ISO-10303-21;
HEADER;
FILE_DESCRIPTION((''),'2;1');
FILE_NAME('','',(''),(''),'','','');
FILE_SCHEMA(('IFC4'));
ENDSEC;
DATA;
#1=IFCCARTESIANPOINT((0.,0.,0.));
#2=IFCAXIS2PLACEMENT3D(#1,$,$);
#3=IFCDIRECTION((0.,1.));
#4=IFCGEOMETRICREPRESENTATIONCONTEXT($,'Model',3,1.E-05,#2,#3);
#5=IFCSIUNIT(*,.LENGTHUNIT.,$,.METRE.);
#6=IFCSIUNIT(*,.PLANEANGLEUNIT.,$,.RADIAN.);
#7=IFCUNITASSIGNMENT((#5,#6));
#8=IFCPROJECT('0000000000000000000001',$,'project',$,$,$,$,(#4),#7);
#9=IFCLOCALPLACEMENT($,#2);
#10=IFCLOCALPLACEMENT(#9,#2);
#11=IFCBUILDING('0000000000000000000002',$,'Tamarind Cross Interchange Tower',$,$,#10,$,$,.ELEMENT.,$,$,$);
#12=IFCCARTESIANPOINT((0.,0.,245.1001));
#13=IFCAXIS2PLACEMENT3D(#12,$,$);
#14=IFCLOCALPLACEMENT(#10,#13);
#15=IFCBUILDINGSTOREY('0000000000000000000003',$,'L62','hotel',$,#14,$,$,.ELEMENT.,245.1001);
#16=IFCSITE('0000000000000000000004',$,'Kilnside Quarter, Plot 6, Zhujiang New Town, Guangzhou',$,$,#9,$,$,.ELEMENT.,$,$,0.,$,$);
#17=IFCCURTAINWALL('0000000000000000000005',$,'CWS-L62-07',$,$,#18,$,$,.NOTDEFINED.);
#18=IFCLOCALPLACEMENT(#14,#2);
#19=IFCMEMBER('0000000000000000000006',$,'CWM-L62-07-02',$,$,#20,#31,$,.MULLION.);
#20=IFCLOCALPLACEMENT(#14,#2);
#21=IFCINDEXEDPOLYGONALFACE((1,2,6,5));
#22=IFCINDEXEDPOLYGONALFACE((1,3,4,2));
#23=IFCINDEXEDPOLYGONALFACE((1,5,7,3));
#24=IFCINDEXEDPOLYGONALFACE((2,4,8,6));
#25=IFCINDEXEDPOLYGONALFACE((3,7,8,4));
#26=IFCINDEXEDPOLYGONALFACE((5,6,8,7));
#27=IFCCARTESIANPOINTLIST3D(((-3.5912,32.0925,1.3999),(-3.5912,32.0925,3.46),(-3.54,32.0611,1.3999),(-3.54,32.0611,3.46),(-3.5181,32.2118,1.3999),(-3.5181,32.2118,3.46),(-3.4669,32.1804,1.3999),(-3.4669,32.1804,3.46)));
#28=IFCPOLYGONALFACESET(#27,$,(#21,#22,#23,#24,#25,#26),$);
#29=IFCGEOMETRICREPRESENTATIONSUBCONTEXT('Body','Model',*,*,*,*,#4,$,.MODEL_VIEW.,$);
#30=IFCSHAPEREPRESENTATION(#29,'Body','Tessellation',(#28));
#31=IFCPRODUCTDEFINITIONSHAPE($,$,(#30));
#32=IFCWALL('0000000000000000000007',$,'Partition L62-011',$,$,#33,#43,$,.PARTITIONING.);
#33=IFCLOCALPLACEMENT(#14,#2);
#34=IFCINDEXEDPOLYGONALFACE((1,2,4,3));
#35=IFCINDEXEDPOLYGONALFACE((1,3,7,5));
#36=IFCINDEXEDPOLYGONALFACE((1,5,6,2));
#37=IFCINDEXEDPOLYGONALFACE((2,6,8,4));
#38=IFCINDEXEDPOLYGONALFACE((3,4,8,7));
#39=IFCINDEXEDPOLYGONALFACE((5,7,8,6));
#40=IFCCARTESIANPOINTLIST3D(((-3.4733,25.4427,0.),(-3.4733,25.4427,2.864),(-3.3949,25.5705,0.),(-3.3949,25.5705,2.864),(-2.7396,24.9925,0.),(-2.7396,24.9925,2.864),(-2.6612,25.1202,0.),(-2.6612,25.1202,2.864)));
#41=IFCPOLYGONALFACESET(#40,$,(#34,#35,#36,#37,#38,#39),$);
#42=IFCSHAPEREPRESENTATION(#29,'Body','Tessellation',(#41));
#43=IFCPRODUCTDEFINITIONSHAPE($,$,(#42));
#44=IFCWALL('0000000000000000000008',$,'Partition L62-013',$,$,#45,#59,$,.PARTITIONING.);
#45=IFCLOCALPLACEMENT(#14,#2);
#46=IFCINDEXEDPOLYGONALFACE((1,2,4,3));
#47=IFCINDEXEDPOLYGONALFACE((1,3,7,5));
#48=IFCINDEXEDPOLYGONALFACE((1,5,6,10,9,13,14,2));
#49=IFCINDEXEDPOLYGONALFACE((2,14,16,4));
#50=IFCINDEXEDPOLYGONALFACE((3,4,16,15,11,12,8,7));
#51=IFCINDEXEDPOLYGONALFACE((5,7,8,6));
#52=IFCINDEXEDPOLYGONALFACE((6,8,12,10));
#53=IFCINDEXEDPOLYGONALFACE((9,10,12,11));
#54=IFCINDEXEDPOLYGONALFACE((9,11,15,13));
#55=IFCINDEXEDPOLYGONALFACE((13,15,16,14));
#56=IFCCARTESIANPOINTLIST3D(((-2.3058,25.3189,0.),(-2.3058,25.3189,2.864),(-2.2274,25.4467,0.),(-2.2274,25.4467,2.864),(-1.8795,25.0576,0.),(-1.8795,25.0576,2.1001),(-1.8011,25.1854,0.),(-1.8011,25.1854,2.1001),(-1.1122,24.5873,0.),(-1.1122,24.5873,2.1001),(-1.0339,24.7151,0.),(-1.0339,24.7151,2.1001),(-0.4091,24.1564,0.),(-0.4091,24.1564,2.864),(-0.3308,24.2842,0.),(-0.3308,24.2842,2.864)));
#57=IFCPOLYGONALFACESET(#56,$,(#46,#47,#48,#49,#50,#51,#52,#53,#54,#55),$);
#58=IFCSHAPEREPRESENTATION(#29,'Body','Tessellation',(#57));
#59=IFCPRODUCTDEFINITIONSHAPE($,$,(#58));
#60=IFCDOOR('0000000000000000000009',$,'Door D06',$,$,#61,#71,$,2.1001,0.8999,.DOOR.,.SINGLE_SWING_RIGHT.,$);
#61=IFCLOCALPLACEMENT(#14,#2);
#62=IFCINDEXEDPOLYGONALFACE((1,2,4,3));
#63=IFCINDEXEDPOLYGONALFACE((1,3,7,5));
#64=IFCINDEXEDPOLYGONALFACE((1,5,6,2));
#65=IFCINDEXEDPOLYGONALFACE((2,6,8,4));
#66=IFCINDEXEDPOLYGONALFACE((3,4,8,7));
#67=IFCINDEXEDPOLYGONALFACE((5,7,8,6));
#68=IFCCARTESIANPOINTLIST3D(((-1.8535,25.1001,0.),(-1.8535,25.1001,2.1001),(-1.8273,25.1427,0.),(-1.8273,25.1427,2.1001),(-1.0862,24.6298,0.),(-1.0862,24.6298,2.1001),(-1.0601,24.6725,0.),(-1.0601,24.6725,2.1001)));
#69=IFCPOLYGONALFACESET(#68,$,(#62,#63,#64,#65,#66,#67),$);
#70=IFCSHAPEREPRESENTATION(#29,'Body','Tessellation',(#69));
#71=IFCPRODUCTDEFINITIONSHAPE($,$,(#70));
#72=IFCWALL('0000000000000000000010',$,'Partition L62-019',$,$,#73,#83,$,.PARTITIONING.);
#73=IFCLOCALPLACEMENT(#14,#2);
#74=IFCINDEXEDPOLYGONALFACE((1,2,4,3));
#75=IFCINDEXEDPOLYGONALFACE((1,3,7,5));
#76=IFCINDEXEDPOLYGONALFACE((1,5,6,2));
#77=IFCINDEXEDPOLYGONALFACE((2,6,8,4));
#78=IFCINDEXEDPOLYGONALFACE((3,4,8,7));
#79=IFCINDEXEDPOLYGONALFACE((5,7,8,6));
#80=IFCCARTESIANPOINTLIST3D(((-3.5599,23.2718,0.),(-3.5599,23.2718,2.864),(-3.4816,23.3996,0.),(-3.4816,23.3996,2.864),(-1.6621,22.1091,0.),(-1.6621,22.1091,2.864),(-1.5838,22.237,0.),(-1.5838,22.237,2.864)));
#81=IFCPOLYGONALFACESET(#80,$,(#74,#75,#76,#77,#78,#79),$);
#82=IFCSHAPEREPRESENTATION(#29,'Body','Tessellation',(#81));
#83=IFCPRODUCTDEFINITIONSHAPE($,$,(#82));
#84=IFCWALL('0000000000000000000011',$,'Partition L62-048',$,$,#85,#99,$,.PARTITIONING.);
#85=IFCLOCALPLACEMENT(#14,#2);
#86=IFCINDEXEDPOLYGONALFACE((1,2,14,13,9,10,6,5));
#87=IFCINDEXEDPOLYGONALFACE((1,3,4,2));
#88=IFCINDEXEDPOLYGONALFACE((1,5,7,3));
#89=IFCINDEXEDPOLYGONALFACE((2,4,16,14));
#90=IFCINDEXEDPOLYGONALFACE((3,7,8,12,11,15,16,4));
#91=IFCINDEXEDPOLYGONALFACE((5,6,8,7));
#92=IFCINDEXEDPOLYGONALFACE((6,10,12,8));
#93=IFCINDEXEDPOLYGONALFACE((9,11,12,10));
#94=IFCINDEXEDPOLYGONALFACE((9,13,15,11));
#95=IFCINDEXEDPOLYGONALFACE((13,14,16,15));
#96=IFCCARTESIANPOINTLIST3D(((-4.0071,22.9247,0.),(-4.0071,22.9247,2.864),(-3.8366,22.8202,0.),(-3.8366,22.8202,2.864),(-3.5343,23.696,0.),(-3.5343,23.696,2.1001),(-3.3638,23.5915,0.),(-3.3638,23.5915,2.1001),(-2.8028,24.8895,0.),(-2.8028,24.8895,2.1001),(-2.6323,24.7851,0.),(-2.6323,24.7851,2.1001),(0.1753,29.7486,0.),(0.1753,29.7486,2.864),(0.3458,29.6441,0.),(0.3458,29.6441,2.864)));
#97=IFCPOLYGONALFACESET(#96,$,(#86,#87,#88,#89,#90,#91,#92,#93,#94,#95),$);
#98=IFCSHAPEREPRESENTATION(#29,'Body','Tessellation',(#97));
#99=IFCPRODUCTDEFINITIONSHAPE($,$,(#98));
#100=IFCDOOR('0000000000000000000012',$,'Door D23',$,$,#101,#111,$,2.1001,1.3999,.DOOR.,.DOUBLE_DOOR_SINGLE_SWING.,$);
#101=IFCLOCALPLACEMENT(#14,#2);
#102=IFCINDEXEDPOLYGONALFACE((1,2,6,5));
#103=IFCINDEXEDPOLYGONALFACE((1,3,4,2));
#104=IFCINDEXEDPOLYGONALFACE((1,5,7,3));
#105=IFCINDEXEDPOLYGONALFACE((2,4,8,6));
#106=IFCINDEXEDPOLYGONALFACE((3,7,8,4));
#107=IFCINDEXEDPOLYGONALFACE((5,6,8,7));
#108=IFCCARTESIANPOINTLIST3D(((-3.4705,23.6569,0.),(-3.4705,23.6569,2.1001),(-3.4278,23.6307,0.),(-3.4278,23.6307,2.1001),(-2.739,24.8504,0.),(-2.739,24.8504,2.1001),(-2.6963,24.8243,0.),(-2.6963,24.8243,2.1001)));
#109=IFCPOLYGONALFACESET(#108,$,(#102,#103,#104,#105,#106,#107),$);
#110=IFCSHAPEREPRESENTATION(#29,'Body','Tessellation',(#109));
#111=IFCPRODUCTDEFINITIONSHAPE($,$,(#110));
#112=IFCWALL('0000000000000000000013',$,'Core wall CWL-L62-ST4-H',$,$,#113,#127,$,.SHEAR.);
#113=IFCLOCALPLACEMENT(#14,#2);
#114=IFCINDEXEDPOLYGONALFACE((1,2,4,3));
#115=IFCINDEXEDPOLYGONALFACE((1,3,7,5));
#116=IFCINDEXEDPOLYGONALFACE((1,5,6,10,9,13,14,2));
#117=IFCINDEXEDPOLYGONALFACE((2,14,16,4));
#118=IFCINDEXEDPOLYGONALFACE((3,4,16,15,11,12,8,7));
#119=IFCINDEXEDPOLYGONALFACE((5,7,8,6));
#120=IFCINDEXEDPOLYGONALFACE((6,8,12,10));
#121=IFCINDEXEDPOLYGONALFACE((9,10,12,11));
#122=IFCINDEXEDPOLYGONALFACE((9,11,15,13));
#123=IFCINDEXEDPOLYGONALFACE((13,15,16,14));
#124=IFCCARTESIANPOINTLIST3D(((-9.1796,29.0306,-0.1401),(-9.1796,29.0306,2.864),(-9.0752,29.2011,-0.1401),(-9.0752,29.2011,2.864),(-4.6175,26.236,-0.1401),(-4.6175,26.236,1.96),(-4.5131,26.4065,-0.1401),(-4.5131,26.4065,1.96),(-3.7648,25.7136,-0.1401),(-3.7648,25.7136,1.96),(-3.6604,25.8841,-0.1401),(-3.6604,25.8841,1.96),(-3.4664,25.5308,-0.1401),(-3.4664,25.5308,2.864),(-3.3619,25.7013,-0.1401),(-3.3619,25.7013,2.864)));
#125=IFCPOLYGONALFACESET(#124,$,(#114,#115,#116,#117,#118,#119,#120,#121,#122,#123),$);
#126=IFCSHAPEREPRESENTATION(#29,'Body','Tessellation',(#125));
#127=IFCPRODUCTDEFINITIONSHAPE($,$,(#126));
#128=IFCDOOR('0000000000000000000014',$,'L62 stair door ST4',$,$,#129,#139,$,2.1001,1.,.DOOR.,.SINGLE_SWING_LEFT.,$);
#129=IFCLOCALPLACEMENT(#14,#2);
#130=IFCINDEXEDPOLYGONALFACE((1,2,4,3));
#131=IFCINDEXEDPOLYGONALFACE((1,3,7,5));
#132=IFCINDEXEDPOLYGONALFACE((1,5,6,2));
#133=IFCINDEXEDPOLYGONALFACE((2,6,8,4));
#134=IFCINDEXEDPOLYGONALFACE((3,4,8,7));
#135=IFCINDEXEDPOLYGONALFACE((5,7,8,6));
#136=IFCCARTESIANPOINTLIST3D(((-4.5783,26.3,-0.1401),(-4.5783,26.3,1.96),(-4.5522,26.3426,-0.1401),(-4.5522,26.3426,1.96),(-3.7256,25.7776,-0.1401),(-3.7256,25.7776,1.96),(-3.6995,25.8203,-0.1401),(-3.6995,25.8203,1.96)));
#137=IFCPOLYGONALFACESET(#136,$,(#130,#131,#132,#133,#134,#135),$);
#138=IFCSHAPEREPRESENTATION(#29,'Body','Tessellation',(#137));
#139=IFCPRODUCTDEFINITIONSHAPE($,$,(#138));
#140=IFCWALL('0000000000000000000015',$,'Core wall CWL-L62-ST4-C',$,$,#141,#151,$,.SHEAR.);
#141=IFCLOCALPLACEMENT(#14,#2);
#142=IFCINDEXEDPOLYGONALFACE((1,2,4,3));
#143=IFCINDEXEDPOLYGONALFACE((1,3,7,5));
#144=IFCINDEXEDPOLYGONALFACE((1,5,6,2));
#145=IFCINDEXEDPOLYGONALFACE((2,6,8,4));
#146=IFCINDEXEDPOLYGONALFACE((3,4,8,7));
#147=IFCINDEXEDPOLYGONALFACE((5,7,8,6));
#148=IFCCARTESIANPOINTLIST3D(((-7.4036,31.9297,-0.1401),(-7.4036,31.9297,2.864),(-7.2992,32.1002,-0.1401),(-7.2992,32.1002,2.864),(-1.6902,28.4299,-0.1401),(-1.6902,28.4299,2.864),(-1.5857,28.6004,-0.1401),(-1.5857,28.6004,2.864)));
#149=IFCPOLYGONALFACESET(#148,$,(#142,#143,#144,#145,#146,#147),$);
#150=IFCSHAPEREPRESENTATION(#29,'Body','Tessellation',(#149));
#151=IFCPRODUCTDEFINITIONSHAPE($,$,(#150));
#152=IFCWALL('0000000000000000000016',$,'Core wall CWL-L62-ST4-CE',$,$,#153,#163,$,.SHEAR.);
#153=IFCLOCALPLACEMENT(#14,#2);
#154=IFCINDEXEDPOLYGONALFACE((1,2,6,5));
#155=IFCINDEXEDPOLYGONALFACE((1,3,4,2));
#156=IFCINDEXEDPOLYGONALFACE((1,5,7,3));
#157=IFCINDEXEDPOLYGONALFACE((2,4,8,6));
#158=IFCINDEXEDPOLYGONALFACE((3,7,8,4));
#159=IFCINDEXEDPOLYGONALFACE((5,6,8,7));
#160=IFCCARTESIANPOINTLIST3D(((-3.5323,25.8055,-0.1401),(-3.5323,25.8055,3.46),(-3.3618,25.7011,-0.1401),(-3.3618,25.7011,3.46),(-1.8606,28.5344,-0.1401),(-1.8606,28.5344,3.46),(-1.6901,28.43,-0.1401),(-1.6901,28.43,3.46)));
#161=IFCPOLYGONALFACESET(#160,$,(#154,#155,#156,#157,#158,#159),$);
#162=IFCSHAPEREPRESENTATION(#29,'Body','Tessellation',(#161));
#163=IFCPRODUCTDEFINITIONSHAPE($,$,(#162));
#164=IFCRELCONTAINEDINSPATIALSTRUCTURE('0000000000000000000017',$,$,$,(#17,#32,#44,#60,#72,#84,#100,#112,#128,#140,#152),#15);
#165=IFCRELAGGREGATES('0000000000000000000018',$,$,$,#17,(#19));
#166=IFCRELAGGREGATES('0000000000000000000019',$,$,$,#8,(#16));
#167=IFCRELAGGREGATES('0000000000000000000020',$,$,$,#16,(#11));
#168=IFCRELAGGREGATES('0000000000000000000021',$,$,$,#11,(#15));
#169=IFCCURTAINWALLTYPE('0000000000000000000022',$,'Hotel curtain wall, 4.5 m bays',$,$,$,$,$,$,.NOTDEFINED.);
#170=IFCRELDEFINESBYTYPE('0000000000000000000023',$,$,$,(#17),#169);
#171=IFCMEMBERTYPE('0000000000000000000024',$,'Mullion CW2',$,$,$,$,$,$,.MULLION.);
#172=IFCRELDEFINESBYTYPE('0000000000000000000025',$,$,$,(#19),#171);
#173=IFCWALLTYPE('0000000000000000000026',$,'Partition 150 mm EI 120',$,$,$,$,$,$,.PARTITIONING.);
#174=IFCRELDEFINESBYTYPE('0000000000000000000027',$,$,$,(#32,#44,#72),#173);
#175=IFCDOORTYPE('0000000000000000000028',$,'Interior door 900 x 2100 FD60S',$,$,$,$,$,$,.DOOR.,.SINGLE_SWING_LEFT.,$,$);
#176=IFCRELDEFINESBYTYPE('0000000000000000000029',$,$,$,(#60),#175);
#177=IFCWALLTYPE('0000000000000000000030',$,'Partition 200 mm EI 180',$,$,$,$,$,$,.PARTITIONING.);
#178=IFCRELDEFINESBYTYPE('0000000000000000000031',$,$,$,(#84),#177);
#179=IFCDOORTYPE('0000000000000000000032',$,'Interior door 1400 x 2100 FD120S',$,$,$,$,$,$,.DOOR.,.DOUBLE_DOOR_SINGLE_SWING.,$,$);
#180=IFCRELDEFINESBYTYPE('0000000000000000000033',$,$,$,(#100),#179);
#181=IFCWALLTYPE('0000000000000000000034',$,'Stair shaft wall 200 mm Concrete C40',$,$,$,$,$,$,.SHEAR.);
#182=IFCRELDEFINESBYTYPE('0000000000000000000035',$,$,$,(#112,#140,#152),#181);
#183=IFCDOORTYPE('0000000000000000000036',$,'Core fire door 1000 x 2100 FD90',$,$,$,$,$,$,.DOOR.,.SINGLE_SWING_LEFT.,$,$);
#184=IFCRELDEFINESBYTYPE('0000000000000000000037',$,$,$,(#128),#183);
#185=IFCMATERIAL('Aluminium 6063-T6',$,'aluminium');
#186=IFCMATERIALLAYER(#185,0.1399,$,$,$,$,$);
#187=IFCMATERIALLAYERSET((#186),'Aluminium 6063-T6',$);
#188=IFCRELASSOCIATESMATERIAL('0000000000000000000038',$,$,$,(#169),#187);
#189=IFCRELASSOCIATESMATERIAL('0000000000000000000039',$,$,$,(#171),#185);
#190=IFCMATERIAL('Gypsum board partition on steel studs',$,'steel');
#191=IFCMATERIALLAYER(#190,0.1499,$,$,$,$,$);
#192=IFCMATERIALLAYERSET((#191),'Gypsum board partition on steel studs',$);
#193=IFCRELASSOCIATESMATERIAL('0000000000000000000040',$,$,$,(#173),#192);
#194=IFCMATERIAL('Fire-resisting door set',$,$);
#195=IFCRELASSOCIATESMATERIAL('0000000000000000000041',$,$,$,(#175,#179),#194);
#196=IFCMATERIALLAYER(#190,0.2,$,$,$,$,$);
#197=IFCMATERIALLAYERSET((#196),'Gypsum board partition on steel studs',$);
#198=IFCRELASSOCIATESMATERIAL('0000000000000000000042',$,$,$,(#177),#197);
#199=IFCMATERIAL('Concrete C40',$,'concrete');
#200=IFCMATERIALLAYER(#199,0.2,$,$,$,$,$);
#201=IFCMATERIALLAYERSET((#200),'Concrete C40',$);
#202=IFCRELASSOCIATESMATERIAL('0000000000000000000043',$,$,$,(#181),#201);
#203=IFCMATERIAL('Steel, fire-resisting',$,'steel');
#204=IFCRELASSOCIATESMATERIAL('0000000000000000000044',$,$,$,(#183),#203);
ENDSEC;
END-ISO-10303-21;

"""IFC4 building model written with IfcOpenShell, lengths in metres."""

from ifc_helpers import new_model, si_unit, direction, frame, frame_2d, origin, origin_2d, place, context, subcontext, project, spatial, rectangle, extrude, material, layer, layer_set, material_profile, profile_set, type_object, element, fill, aggregate, save


model = new_model("IFC4")

# Units and contexts
model_context = context("Model", 3, precision=1e-05, world=origin(), true_north=direction((0.0, 1.0)))
body_context = subcontext(model_context, "Body", "Model", "MODEL_VIEW")
ifc_project = project(units=[si_unit("LENGTHUNIT", "METRE"), si_unit("PLANEANGLEUNIT", "RADIAN")], contexts=[model_context])

# Site, building, storey
site_placement = place(None, origin())
site = spatial("IfcSite", under=ifc_project, at=site_placement, Name="Kilnside Quarter, Plot 6, Zhujiang New Town, Guangzhou", CompositionType="ELEMENT", RefElevation=0.0)
building_placement = place(site_placement, origin())
building = spatial("IfcBuilding", under=site, at=building_placement, Name="Tamarind Cross Interchange Tower", CompositionType="ELEMENT")
storey_placement = place(building_placement, frame((0.0, 0.0, 245.1001)))
storey = spatial("IfcBuildingStorey", under=building, at=storey_placement, Name="L62", Description="hotel", CompositionType="ELEMENT", Elevation=245.1001)

# Curtain wall, member
ifc_material_1 = material(Name="Aluminium 6063-T6", Category="aluminium")
ifc_layer_1 = layer(ifc_material_1, 0.1399)
ifc_layer_set_1 = layer_set([ifc_layer_1], Name="Aluminium 6063-T6")
curtain_wall_type = type_object("IfcCurtainWallType", Name="Hotel curtain wall, 4.5 m bays", PredefinedType="NOTDEFINED", material=ifc_layer_set_1)
curtain_wall_placement = place(storey_placement, origin())
curtain_wall = element("IfcCurtainWall", 1, at=curtain_wall_placement, inside=storey, type_object=curtain_wall_type, Name="CWS-L62-07", PredefinedType="NOTDEFINED")
ifc_material_profile_1 = material_profile(ifc_material_1, rectangle(XDim=0.0601, YDim=0.1399, at=origin_2d()), Name="Mullion CW2")
ifc_profile_set_1 = profile_set([ifc_material_profile_1], Name="Aluminium 6063-T6")
member_type = type_object("IfcMemberType", Name="Mullion CW2", PredefinedType="MULLION", material=ifc_profile_set_1)
member_placement = place(storey_placement, frame((-3.5291, 32.1365, 1.3999), z_axis=(0.0, 0.0, 1.0), x_axis=(-0.85272, 0.522368, 0.0)))
member = element("IfcMember", 2, at=member_placement, type_object=member_type, Name="CWM-L62-07-02", PredefinedType="MULLION", context=body_context, shape_type="SweptSolid", body=[
    extrude(rectangle(XDim=0.0601, YDim=0.1399, at=origin_2d()), origin(), (0.0, 0.0, 1.0), 2.0601),
])
aggregate(curtain_wall, [member])

# Wall
ifc_material_2 = material(Name="Gypsum board partition on steel studs", Category="steel")
ifc_layer_2 = layer(ifc_material_2, 0.1499)
ifc_layer_set_2 = layer_set([ifc_layer_2], Name="Gypsum board partition on steel studs")
wall_type_1 = type_object("IfcWallType", Name="Partition 150 mm EI 120", PredefinedType="PARTITIONING", material=ifc_layer_set_2)
wall_1_placement = place(storey_placement, frame((-3.4341, 25.5066, 0.0), z_axis=(0.0, 0.0, 1.0), x_axis=(0.85232, -0.523021, 0.0)))
element("IfcWall", 3, at=wall_1_placement, inside=storey, type_object=wall_type_1, Name="Partition L62-011", PredefinedType="PARTITIONING", context=body_context, shape_type="SweptSolid", body=[
    extrude(rectangle(XDim=0.8608, YDim=0.1499, at=frame_2d((0.4304, 0.0))), origin(), (0.0, 0.0, 1.0), 2.864),
])

# Wall, opening, door
wall_2_placement = place(storey_placement, frame((-2.2666, 25.3828, 0.0), z_axis=(0.0, 0.0, 1.0), x_axis=(0.852584, -0.52259, 0.0)))
wall_2 = element("IfcWall", 4, at=wall_2_placement, inside=storey, type_object=wall_type_1, Name="Partition L62-013", PredefinedType="PARTITIONING", context=body_context, shape_type="SweptSolid", body=[
    extrude(rectangle(XDim=2.2246, YDim=0.1499, at=frame_2d((1.1123, 0.0))), origin(), (0.0, 0.0, 1.0), 2.864),
])
opening_1_placement = place(wall_2_placement, frame((0.5, 0.0, 0.0)))
opening_1 = element("IfcOpeningElement", 5, at=opening_1_placement, cuts=wall_2, PredefinedType="OPENING", context=body_context, shape_type="SweptSolid", body=[
    extrude(rectangle(XDim=0.8999, YDim=2.1001, at=frame_2d((0.45, 1.05))), frame((0.0, 0.085, 0.0), z_axis=(0.0, -1.0, 0.0), x_axis=(1.0, 0.0, 0.0)), (0.0, 0.0, 1.0), 0.1699),
])
ifc_material_3 = material(Name="Fire-resisting door set")
door_type_1 = type_object("IfcDoorType", Name="Interior door 900 x 2100 FD60S", OperationType="SINGLE_SWING_LEFT", PredefinedType="DOOR", material=ifc_material_3)
door_1_placement = place(opening_1_placement, origin())
door_1 = element("IfcDoor", 6, at=door_1_placement, inside=storey, type_object=door_type_1, Name="Door D06", OperationType="SINGLE_SWING_RIGHT", OverallHeight=2.1001, OverallWidth=0.8999, PredefinedType="DOOR", context=body_context, shape_type="SweptSolid", body=[
    extrude(rectangle(XDim=0.8999, YDim=2.1001, at=frame_2d((0.45, 1.05))), frame((0.0, 0.0249, 0.0), z_axis=(0.0, -1.0, 0.0), x_axis=(1.0, 0.0, 0.0)), (0.0, 0.0, 1.0), 0.05),
])
fill(opening_1, door_1)

# Wall
wall_3_placement = place(storey_placement, frame((-3.5208, 23.3357, 0.0), z_axis=(0.0, 0.0, 1.0), x_axis=(0.852704, -0.522395, 0.0)))
element("IfcWall", 7, at=wall_3_placement, inside=storey, type_object=wall_type_1, Name="Partition L62-019", PredefinedType="PARTITIONING", context=body_context, shape_type="SweptSolid", body=[
    extrude(rectangle(XDim=2.2256, YDim=0.1499, at=frame_2d((1.1128, 0.0))), origin(), (0.0, 0.0, 1.0), 2.864),
])

# Walls, openings, doors
ifc_layer_3 = layer(ifc_material_2, 0.2)
ifc_layer_set_3 = layer_set([ifc_layer_3], Name="Gypsum board partition on steel studs")
wall_type_2 = type_object("IfcWallType", Name="Partition 200 mm EI 180", PredefinedType="PARTITIONING", material=ifc_layer_set_3)
wall_4_placement = place(storey_placement, frame((-3.9219, 22.8723, 0.0), z_axis=(0.0, 0.0, 1.0), x_axis=(0.522556, 0.852605, 0.0)))
wall_4 = element("IfcWall", 8, at=wall_4_placement, inside=storey, type_object=wall_type_2, Name="Partition L62-048", PredefinedType="PARTITIONING", context=body_context, shape_type="SweptSolid", body=[
    extrude(rectangle(XDim=8.0037, YDim=0.2, at=frame_2d((4.002, 0.0))), origin(), (0.0, 0.0, 1.0), 2.864),
])
opening_2_placement = place(wall_4_placement, frame((0.9048, 0.0, 0.0)))
opening_2 = element("IfcOpeningElement", 9, at=opening_2_placement, cuts=wall_4, PredefinedType="OPENING", context=body_context, shape_type="SweptSolid", body=[
    extrude(rectangle(XDim=1.3999, YDim=2.1001, at=frame_2d((0.7, 1.05))), frame((0.0, 0.1099, 0.0), z_axis=(0.0, -1.0, 0.0), x_axis=(1.0, 0.0, 0.0)), (0.0, 0.0, 1.0), 0.22),
])
door_type_2 = type_object("IfcDoorType", Name="Interior door 1400 x 2100 FD120S", OperationType="DOUBLE_DOOR_SINGLE_SWING", PredefinedType="DOOR", material=ifc_material_3)
door_2_placement = place(opening_2_placement, frame((1.3999, 0.0, 0.0), z_axis=(0.0, 0.0, 1.0), x_axis=(-1.0, 0.0, 0.0)))
door_2 = element("IfcDoor", 10, at=door_2_placement, inside=storey, type_object=door_type_2, Name="Door D23", OperationType="DOUBLE_DOOR_SINGLE_SWING", OverallHeight=2.1001, OverallWidth=1.3999, PredefinedType="DOOR", context=body_context, shape_type="SweptSolid", body=[
    extrude(rectangle(XDim=1.3999, YDim=2.1001, at=frame_2d((0.7, 1.05))), frame((0.0, 0.0249, 0.0), z_axis=(0.0, -1.0, 0.0), x_axis=(1.0, 0.0, 0.0)), (0.0, 0.0, 1.0), 0.05),
])
fill(opening_2, door_2)
ifc_material_4 = material(Name="Concrete C40", Category="concrete")
ifc_layer_4 = layer(ifc_material_4, 0.2)
ifc_layer_set_4 = layer_set([ifc_layer_4], Name="Concrete C40")
wall_type_3 = type_object("IfcWallType", Name="Stair shaft wall 200 mm Concrete C40", PredefinedType="SHEAR", material=ifc_layer_set_4)
wall_5_placement = place(storey_placement, frame((-3.4141, 25.616, -0.1401), z_axis=(0.0, 0.0, 1.0), x_axis=(-0.852724, 0.522362, 0.0)))
wall_5 = element("IfcWall", 11, at=wall_5_placement, inside=storey, type_object=wall_type_3, Name="Core wall CWL-L62-ST4-H", PredefinedType="SHEAR", context=body_context, shape_type="SweptSolid", body=[
    extrude(rectangle(XDim=6.7, YDim=0.2, at=frame_2d((3.3501, 0.0))), origin(), (0.0, 0.0, 1.0), 3.0042),
])
opening_3_placement = place(wall_5_placement, frame((0.3501, 0.0, 0.0)))
opening_3 = element("IfcOpeningElement", 12, at=opening_3_placement, cuts=wall_5, PredefinedType="OPENING", context=body_context, shape_type="SweptSolid", body=[
    extrude(rectangle(XDim=1.0, YDim=2.1001, at=frame_2d((0.5, 1.05))), frame((0.0, 0.1099, 0.0), z_axis=(0.0, -1.0, 0.0), x_axis=(1.0, 0.0, 0.0)), (0.0, 0.0, 1.0), 0.22),
])
ifc_material_5 = material(Name="Steel, fire-resisting", Category="steel")
door_type_3 = type_object("IfcDoorType", Name="Core fire door 1000 x 2100 FD90", OperationType="SINGLE_SWING_LEFT", PredefinedType="DOOR", material=ifc_material_5)
door_3_placement = place(opening_3_placement, origin())
door_3 = element("IfcDoor", 13, at=door_3_placement, inside=storey, type_object=door_type_3, Name="L62 stair door ST4", OperationType="SINGLE_SWING_LEFT", OverallHeight=2.1001, OverallWidth=1.0, PredefinedType="DOOR", context=body_context, shape_type="SweptSolid", body=[
    extrude(rectangle(XDim=1.0, YDim=2.1001, at=frame_2d((0.5, 1.05))), frame((0.0, 0.0249, 0.0), z_axis=(0.0, -1.0, 0.0), x_axis=(1.0, 0.0, 0.0)), (0.0, 0.0, 1.0), 0.05),
])
fill(opening_3, door_3)

# Walls
wall_6_placement = place(storey_placement, frame((-1.6379, 28.5151, -0.1401), z_axis=(0.0, 0.0, 1.0), x_axis=(-0.852734, 0.522346, 0.0)))
element("IfcWall", 14, at=wall_6_placement, inside=storey, type_object=wall_type_3, Name="Core wall CWL-L62-ST4-C", PredefinedType="SHEAR", context=body_context, shape_type="SweptSolid", body=[
    extrude(rectangle(XDim=6.7002, YDim=0.2, at=frame_2d((3.3501, 0.0))), origin(), (0.0, 0.0, 1.0), 3.0042),
])
wall_7_placement = place(storey_placement, frame((-1.7754, 28.4822, -0.1401), z_axis=(0.0, 0.0, 1.0), x_axis=(-0.522372, -0.852717, 0.0)))
element("IfcWall", 15, at=wall_7_placement, inside=storey, type_object=wall_type_3, Name="Core wall CWL-L62-ST4-CE", PredefinedType="SHEAR", context=body_context, shape_type="SweptSolid", body=[
    extrude(rectangle(XDim=3.2002, YDim=0.2, at=frame_2d((1.6001, 0.0))), origin(), (0.0, 0.0, 1.0), 3.6001),
])

save(model, "model.ifc")
